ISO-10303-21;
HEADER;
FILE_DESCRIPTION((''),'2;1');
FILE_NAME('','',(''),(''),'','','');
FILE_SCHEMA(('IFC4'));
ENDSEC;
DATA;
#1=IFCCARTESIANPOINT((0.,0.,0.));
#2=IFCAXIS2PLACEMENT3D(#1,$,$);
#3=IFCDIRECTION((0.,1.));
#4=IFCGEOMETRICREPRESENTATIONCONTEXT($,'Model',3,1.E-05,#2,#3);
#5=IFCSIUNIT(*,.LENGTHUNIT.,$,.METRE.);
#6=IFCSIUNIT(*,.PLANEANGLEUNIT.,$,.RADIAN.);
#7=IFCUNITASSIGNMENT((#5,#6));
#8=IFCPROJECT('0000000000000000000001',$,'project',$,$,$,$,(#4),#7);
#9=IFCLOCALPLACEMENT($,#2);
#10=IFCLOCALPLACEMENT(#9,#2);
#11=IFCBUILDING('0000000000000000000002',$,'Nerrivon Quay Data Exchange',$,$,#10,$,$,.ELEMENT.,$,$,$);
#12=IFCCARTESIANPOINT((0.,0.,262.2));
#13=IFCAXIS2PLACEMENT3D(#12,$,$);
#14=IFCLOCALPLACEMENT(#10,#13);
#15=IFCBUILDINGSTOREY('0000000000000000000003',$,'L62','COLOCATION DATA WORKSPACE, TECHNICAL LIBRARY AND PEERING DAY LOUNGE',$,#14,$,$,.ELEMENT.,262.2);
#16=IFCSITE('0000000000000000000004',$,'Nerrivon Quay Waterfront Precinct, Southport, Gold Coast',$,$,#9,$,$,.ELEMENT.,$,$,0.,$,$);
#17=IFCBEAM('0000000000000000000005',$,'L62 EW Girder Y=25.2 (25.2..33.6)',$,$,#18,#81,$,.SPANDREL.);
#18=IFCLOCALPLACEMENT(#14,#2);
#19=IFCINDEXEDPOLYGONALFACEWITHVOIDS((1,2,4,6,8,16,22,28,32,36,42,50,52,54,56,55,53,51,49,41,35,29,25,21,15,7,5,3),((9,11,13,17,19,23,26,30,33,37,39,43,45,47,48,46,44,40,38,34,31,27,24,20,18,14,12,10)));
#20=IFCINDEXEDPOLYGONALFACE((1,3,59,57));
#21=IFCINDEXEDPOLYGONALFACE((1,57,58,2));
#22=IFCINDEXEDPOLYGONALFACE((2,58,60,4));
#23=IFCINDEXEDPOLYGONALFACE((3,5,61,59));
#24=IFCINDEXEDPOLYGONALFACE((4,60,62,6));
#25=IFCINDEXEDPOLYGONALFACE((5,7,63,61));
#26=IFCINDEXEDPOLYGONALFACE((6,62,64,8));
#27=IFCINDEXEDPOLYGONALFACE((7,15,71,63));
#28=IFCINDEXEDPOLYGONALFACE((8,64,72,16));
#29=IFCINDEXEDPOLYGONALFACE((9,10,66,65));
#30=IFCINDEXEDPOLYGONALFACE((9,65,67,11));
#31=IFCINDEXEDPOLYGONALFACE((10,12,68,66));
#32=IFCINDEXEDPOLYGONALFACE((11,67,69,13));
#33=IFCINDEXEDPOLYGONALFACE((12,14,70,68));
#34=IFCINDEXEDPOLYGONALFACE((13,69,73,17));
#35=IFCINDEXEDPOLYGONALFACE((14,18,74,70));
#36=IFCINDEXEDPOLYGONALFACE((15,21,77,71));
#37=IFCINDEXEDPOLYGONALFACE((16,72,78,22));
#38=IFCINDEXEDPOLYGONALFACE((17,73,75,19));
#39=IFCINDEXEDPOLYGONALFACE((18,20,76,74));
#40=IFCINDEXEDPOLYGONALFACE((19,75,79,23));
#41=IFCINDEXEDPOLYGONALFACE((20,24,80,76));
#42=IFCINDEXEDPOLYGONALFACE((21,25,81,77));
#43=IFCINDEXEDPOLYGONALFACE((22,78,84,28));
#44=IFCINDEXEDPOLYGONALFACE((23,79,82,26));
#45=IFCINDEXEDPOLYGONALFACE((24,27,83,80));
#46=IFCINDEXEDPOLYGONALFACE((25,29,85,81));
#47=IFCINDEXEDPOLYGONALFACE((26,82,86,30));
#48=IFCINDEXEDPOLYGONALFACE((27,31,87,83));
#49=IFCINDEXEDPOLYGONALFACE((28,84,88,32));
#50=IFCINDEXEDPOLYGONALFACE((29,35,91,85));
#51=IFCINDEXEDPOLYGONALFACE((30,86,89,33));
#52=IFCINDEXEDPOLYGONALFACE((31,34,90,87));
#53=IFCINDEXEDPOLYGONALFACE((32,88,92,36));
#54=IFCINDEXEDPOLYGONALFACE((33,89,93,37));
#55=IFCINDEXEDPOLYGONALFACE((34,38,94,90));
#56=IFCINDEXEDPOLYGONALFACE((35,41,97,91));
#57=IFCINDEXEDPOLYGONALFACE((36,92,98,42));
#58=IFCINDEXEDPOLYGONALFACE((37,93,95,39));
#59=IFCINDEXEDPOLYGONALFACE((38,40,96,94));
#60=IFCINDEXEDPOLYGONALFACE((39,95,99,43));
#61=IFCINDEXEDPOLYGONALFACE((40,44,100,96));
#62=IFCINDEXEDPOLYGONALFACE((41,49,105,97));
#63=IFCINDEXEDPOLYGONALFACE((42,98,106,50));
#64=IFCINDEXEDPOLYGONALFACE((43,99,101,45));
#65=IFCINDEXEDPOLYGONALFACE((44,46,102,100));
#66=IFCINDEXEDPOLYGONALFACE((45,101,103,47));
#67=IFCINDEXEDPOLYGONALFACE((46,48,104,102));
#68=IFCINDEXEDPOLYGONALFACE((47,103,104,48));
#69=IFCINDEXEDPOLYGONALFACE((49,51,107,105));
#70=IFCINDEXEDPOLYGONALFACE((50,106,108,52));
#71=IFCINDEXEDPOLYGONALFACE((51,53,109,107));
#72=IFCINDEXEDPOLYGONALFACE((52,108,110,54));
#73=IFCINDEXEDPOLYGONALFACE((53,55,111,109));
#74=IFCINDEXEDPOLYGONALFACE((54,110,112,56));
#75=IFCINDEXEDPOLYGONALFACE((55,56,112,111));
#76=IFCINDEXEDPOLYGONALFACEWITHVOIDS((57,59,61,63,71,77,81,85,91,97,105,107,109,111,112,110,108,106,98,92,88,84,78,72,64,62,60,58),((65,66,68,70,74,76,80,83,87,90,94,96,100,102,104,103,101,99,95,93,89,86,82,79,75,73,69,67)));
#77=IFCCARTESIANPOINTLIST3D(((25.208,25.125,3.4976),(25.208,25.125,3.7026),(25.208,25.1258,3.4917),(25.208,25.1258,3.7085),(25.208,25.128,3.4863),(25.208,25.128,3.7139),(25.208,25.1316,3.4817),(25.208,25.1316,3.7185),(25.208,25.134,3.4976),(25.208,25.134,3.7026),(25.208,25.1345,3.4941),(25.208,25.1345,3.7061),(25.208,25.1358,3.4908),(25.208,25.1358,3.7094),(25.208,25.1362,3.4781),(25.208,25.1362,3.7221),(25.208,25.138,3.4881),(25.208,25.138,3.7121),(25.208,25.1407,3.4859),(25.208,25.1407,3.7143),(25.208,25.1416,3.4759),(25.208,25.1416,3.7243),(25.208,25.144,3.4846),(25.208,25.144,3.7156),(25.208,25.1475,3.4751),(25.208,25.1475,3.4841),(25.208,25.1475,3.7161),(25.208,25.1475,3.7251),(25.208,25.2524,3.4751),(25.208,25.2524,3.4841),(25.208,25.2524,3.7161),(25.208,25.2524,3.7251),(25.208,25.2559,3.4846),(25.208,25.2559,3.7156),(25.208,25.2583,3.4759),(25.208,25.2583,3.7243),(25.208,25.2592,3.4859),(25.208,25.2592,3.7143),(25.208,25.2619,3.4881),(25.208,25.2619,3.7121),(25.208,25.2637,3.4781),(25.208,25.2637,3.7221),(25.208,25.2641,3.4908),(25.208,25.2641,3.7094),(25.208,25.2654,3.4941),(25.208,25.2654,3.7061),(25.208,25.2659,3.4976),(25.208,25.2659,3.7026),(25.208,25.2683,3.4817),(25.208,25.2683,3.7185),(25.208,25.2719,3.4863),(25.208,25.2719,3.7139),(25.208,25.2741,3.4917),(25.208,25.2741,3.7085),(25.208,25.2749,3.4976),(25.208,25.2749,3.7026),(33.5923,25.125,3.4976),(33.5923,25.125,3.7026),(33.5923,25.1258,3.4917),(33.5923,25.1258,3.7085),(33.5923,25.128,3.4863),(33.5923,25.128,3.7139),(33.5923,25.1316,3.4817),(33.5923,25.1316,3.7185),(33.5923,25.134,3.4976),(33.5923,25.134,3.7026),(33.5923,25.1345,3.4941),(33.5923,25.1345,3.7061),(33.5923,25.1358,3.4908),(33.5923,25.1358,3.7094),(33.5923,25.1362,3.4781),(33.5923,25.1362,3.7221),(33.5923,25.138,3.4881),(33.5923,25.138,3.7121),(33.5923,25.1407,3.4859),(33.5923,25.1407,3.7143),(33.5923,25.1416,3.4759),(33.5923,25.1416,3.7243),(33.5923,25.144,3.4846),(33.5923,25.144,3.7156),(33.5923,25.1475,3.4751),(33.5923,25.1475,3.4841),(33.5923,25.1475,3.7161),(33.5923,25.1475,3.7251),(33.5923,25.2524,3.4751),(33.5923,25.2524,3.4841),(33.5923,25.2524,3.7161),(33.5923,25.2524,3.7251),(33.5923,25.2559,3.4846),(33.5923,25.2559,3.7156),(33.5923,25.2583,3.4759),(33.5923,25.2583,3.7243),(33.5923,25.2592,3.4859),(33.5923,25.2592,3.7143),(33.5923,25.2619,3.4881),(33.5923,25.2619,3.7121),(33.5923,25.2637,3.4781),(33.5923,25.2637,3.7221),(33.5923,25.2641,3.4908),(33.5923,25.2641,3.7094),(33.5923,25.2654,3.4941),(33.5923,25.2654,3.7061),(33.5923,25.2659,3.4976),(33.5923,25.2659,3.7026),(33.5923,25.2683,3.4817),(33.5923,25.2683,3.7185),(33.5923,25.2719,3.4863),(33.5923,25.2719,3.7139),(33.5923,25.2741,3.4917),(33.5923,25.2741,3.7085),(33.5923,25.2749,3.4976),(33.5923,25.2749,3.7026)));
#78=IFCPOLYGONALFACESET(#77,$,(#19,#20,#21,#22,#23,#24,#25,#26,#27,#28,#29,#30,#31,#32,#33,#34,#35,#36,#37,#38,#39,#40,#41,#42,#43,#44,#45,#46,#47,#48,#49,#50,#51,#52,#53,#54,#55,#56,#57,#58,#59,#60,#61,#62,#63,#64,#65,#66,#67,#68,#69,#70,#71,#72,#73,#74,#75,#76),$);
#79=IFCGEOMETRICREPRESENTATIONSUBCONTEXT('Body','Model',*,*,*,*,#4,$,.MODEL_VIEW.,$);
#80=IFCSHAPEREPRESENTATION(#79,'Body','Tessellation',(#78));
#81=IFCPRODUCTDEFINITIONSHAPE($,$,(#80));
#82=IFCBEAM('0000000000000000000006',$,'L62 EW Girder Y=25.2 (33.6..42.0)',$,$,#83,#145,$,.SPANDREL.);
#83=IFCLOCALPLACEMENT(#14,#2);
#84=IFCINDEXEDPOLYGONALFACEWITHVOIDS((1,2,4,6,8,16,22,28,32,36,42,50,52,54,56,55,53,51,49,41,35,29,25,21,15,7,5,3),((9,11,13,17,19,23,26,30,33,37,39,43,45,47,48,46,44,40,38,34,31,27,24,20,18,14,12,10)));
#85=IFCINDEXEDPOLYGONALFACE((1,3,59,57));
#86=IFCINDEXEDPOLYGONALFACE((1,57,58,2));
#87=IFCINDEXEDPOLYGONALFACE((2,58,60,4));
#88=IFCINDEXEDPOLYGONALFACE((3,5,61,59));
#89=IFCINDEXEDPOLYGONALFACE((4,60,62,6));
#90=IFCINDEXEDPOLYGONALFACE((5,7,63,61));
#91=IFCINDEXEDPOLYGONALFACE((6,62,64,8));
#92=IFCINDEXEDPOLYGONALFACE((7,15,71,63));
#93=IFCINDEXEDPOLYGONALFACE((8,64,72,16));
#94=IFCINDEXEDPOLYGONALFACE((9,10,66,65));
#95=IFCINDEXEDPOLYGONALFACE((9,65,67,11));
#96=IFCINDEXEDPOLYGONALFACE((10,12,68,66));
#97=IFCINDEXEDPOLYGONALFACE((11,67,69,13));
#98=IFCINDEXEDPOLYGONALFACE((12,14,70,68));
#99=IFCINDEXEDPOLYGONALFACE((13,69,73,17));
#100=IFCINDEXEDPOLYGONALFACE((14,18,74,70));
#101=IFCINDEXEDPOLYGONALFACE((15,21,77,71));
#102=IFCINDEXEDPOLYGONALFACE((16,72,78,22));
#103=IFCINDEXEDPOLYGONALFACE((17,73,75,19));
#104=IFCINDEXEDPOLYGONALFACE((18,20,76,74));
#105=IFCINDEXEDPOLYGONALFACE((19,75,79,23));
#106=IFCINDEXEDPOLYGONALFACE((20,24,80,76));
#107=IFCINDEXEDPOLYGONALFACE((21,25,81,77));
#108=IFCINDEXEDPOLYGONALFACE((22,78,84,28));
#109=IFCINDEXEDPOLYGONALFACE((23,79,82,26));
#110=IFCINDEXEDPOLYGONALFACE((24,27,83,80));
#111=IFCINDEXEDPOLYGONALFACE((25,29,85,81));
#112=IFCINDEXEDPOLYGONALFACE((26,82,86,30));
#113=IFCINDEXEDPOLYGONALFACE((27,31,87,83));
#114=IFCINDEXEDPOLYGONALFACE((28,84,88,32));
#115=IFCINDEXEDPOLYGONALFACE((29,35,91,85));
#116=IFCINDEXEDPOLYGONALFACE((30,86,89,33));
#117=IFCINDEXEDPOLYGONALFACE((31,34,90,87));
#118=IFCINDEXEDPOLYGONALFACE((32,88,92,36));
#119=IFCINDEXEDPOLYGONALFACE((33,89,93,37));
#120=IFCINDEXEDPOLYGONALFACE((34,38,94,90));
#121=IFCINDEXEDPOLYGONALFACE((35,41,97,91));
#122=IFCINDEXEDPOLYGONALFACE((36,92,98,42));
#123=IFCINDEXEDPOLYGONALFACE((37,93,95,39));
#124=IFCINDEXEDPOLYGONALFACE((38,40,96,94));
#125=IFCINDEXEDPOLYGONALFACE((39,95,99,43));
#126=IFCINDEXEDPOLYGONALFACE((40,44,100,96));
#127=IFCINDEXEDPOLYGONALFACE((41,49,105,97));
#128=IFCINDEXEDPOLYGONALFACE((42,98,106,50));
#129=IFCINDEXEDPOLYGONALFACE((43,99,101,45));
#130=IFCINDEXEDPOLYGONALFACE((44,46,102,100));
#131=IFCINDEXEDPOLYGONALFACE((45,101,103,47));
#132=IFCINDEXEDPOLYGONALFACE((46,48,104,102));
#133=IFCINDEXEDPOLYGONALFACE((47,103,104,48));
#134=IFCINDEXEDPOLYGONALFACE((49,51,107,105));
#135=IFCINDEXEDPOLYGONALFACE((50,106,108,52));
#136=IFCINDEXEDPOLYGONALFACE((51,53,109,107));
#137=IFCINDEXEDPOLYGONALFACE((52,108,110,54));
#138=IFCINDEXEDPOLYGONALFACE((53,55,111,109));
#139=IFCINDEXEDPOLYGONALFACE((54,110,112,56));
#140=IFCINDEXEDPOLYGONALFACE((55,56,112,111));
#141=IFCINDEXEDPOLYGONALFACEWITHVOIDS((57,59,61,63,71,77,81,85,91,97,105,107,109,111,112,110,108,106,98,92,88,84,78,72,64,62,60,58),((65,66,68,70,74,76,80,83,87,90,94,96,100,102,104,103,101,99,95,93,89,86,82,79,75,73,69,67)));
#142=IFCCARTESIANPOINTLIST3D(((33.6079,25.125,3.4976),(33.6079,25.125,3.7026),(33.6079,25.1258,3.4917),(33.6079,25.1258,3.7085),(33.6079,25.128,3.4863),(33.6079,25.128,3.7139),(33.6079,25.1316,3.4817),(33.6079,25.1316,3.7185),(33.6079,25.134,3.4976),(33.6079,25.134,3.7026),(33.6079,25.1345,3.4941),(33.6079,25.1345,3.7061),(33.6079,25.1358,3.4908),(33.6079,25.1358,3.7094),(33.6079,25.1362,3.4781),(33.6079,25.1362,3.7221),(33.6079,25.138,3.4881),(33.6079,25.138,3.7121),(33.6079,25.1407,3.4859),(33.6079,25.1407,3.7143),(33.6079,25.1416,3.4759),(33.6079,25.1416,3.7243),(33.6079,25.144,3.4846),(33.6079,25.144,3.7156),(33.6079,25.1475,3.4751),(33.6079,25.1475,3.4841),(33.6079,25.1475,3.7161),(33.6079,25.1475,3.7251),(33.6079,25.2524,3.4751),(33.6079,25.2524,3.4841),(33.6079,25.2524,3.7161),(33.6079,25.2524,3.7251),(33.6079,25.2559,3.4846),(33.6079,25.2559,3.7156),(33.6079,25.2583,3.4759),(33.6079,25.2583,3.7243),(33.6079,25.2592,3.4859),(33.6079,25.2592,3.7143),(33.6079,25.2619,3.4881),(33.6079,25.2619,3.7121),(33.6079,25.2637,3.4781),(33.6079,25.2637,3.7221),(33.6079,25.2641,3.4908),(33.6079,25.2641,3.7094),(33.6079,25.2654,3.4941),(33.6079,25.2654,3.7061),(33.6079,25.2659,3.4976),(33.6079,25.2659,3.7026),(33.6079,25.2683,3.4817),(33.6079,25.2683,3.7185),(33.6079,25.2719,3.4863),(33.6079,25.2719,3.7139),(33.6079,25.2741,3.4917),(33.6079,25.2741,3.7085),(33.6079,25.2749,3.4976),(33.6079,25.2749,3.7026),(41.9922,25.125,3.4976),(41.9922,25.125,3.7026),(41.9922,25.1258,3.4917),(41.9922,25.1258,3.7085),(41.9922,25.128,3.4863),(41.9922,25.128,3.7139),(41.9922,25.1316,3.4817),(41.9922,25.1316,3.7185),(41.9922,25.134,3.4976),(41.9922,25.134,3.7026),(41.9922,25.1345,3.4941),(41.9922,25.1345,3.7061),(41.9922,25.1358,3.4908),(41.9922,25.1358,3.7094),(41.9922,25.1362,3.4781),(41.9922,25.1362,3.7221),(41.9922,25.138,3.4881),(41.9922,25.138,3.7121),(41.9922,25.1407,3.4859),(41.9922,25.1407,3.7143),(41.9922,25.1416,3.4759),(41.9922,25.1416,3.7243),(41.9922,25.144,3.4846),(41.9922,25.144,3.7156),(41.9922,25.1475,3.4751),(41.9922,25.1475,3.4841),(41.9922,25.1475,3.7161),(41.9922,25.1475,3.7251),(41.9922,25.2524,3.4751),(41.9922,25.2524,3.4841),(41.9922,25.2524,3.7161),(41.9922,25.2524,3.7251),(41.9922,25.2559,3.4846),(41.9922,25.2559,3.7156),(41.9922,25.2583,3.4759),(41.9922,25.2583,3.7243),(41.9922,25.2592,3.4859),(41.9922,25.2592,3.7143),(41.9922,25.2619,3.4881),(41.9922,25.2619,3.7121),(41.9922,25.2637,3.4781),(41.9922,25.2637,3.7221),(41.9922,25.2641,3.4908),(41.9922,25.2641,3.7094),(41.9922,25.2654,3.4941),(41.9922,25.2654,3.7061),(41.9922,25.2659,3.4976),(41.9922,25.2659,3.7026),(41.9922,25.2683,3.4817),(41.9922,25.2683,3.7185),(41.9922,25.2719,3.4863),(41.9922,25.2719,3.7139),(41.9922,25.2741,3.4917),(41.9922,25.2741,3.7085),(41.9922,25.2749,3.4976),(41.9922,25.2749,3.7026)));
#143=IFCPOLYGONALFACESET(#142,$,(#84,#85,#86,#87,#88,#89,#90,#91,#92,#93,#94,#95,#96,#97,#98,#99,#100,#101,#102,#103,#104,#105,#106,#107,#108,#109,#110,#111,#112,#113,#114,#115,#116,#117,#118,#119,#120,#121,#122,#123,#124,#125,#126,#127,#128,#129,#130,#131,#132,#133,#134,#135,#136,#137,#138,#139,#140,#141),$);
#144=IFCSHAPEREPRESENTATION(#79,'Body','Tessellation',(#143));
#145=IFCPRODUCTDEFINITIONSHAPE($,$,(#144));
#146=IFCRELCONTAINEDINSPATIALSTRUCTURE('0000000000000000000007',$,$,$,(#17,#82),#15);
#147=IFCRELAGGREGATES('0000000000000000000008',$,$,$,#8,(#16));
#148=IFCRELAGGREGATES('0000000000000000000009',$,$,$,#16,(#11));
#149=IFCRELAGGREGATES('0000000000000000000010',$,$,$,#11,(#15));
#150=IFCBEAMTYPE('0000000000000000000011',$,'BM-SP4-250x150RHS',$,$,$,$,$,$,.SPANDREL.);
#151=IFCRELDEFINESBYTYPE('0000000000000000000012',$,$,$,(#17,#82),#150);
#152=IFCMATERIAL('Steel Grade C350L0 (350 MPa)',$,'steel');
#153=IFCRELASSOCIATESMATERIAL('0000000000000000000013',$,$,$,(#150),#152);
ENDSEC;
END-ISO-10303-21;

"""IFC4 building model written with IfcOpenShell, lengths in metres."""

from ifc_helpers import new_model, si_unit, direction, frame, origin, origin_2d, place, context, subcontext, project, spatial, hollow_rectangle, extrude, material, material_profile, profile_set, type_object, element, save


model = new_model("IFC4")

# Units and contexts
model_context = context("Model", 3, precision=1e-05, world=origin(), true_north=direction((0.0, 1.0)))
body_context = subcontext(model_context, "Body", "Model", "MODEL_VIEW")
ifc_project = project(units=[si_unit("LENGTHUNIT", "METRE"), si_unit("PLANEANGLEUNIT", "RADIAN")], contexts=[model_context])

# Site, building, storey
site_placement = place(None, origin())
site = spatial("IfcSite", under=ifc_project, at=site_placement, Name="Nerrivon Quay Waterfront Precinct, Southport, Gold Coast", CompositionType="ELEMENT", RefElevation=0.0)
building_placement = place(site_placement, origin())
building = spatial("IfcBuilding", under=site, at=building_placement, Name="Nerrivon Quay Data Exchange", CompositionType="ELEMENT")
storey_placement = place(building_placement, frame((0.0, 0.0, 262.2)))
storey = spatial("IfcBuildingStorey", under=building, at=storey_placement, Name="L62", Description="COLOCATION DATA WORKSPACE, TECHNICAL LIBRARY AND PEERING DAY LOUNGE", CompositionType="ELEMENT", Elevation=262.2)

# Beams
ifc_material_1 = material(Name="Steel Grade C350L0 (350 MPa)", Category="steel")
ifc_material_profile_1 = material_profile(ifc_material_1, hollow_rectangle(XDim=0.1499, YDim=0.25, WallThickness=0.009, InnerFilletRadius=0.0134, OuterFilletRadius=0.0225, at=origin_2d()), Name="250x150x9.0RHS")
ifc_profile_set_1 = profile_set([ifc_material_profile_1], Name="Steel Grade C350L0 (350 MPa)")
beam_type = type_object("IfcBeamType", Name="BM-SP4-250x150RHS", PredefinedType="SPANDREL", material=ifc_profile_set_1)
for number, where, z_axis, x_axis, name in (
    (1, (25.208, 25.2, 3.6001), (1.0, 0.0, 0.0), (0.0, 1.0, 0.0), "L62 EW Girder Y=25.2 (25.2..33.6)"),
    (2, (33.6079, 25.2, 3.6001), (1.0, 0.0, 0.0), (0.0, 1.0, 0.0), "L62 EW Girder Y=25.2 (33.6..42.0)"),
):
    element("IfcBeam", number, at=place(storey_placement, frame(where, z_axis=z_axis, x_axis=x_axis)), inside=storey, type_object=beam_type, Name=name, PredefinedType="SPANDREL", context=body_context, shape_type="SweptSolid", body=[
        extrude(hollow_rectangle(XDim=0.1499, YDim=0.25, WallThickness=0.009, InnerFilletRadius=0.0134, OuterFilletRadius=0.0225, at=origin_2d()), origin(), (0.0, 0.0, 1.0), 8.3843),
    ])

save(model, "model.ifc")
